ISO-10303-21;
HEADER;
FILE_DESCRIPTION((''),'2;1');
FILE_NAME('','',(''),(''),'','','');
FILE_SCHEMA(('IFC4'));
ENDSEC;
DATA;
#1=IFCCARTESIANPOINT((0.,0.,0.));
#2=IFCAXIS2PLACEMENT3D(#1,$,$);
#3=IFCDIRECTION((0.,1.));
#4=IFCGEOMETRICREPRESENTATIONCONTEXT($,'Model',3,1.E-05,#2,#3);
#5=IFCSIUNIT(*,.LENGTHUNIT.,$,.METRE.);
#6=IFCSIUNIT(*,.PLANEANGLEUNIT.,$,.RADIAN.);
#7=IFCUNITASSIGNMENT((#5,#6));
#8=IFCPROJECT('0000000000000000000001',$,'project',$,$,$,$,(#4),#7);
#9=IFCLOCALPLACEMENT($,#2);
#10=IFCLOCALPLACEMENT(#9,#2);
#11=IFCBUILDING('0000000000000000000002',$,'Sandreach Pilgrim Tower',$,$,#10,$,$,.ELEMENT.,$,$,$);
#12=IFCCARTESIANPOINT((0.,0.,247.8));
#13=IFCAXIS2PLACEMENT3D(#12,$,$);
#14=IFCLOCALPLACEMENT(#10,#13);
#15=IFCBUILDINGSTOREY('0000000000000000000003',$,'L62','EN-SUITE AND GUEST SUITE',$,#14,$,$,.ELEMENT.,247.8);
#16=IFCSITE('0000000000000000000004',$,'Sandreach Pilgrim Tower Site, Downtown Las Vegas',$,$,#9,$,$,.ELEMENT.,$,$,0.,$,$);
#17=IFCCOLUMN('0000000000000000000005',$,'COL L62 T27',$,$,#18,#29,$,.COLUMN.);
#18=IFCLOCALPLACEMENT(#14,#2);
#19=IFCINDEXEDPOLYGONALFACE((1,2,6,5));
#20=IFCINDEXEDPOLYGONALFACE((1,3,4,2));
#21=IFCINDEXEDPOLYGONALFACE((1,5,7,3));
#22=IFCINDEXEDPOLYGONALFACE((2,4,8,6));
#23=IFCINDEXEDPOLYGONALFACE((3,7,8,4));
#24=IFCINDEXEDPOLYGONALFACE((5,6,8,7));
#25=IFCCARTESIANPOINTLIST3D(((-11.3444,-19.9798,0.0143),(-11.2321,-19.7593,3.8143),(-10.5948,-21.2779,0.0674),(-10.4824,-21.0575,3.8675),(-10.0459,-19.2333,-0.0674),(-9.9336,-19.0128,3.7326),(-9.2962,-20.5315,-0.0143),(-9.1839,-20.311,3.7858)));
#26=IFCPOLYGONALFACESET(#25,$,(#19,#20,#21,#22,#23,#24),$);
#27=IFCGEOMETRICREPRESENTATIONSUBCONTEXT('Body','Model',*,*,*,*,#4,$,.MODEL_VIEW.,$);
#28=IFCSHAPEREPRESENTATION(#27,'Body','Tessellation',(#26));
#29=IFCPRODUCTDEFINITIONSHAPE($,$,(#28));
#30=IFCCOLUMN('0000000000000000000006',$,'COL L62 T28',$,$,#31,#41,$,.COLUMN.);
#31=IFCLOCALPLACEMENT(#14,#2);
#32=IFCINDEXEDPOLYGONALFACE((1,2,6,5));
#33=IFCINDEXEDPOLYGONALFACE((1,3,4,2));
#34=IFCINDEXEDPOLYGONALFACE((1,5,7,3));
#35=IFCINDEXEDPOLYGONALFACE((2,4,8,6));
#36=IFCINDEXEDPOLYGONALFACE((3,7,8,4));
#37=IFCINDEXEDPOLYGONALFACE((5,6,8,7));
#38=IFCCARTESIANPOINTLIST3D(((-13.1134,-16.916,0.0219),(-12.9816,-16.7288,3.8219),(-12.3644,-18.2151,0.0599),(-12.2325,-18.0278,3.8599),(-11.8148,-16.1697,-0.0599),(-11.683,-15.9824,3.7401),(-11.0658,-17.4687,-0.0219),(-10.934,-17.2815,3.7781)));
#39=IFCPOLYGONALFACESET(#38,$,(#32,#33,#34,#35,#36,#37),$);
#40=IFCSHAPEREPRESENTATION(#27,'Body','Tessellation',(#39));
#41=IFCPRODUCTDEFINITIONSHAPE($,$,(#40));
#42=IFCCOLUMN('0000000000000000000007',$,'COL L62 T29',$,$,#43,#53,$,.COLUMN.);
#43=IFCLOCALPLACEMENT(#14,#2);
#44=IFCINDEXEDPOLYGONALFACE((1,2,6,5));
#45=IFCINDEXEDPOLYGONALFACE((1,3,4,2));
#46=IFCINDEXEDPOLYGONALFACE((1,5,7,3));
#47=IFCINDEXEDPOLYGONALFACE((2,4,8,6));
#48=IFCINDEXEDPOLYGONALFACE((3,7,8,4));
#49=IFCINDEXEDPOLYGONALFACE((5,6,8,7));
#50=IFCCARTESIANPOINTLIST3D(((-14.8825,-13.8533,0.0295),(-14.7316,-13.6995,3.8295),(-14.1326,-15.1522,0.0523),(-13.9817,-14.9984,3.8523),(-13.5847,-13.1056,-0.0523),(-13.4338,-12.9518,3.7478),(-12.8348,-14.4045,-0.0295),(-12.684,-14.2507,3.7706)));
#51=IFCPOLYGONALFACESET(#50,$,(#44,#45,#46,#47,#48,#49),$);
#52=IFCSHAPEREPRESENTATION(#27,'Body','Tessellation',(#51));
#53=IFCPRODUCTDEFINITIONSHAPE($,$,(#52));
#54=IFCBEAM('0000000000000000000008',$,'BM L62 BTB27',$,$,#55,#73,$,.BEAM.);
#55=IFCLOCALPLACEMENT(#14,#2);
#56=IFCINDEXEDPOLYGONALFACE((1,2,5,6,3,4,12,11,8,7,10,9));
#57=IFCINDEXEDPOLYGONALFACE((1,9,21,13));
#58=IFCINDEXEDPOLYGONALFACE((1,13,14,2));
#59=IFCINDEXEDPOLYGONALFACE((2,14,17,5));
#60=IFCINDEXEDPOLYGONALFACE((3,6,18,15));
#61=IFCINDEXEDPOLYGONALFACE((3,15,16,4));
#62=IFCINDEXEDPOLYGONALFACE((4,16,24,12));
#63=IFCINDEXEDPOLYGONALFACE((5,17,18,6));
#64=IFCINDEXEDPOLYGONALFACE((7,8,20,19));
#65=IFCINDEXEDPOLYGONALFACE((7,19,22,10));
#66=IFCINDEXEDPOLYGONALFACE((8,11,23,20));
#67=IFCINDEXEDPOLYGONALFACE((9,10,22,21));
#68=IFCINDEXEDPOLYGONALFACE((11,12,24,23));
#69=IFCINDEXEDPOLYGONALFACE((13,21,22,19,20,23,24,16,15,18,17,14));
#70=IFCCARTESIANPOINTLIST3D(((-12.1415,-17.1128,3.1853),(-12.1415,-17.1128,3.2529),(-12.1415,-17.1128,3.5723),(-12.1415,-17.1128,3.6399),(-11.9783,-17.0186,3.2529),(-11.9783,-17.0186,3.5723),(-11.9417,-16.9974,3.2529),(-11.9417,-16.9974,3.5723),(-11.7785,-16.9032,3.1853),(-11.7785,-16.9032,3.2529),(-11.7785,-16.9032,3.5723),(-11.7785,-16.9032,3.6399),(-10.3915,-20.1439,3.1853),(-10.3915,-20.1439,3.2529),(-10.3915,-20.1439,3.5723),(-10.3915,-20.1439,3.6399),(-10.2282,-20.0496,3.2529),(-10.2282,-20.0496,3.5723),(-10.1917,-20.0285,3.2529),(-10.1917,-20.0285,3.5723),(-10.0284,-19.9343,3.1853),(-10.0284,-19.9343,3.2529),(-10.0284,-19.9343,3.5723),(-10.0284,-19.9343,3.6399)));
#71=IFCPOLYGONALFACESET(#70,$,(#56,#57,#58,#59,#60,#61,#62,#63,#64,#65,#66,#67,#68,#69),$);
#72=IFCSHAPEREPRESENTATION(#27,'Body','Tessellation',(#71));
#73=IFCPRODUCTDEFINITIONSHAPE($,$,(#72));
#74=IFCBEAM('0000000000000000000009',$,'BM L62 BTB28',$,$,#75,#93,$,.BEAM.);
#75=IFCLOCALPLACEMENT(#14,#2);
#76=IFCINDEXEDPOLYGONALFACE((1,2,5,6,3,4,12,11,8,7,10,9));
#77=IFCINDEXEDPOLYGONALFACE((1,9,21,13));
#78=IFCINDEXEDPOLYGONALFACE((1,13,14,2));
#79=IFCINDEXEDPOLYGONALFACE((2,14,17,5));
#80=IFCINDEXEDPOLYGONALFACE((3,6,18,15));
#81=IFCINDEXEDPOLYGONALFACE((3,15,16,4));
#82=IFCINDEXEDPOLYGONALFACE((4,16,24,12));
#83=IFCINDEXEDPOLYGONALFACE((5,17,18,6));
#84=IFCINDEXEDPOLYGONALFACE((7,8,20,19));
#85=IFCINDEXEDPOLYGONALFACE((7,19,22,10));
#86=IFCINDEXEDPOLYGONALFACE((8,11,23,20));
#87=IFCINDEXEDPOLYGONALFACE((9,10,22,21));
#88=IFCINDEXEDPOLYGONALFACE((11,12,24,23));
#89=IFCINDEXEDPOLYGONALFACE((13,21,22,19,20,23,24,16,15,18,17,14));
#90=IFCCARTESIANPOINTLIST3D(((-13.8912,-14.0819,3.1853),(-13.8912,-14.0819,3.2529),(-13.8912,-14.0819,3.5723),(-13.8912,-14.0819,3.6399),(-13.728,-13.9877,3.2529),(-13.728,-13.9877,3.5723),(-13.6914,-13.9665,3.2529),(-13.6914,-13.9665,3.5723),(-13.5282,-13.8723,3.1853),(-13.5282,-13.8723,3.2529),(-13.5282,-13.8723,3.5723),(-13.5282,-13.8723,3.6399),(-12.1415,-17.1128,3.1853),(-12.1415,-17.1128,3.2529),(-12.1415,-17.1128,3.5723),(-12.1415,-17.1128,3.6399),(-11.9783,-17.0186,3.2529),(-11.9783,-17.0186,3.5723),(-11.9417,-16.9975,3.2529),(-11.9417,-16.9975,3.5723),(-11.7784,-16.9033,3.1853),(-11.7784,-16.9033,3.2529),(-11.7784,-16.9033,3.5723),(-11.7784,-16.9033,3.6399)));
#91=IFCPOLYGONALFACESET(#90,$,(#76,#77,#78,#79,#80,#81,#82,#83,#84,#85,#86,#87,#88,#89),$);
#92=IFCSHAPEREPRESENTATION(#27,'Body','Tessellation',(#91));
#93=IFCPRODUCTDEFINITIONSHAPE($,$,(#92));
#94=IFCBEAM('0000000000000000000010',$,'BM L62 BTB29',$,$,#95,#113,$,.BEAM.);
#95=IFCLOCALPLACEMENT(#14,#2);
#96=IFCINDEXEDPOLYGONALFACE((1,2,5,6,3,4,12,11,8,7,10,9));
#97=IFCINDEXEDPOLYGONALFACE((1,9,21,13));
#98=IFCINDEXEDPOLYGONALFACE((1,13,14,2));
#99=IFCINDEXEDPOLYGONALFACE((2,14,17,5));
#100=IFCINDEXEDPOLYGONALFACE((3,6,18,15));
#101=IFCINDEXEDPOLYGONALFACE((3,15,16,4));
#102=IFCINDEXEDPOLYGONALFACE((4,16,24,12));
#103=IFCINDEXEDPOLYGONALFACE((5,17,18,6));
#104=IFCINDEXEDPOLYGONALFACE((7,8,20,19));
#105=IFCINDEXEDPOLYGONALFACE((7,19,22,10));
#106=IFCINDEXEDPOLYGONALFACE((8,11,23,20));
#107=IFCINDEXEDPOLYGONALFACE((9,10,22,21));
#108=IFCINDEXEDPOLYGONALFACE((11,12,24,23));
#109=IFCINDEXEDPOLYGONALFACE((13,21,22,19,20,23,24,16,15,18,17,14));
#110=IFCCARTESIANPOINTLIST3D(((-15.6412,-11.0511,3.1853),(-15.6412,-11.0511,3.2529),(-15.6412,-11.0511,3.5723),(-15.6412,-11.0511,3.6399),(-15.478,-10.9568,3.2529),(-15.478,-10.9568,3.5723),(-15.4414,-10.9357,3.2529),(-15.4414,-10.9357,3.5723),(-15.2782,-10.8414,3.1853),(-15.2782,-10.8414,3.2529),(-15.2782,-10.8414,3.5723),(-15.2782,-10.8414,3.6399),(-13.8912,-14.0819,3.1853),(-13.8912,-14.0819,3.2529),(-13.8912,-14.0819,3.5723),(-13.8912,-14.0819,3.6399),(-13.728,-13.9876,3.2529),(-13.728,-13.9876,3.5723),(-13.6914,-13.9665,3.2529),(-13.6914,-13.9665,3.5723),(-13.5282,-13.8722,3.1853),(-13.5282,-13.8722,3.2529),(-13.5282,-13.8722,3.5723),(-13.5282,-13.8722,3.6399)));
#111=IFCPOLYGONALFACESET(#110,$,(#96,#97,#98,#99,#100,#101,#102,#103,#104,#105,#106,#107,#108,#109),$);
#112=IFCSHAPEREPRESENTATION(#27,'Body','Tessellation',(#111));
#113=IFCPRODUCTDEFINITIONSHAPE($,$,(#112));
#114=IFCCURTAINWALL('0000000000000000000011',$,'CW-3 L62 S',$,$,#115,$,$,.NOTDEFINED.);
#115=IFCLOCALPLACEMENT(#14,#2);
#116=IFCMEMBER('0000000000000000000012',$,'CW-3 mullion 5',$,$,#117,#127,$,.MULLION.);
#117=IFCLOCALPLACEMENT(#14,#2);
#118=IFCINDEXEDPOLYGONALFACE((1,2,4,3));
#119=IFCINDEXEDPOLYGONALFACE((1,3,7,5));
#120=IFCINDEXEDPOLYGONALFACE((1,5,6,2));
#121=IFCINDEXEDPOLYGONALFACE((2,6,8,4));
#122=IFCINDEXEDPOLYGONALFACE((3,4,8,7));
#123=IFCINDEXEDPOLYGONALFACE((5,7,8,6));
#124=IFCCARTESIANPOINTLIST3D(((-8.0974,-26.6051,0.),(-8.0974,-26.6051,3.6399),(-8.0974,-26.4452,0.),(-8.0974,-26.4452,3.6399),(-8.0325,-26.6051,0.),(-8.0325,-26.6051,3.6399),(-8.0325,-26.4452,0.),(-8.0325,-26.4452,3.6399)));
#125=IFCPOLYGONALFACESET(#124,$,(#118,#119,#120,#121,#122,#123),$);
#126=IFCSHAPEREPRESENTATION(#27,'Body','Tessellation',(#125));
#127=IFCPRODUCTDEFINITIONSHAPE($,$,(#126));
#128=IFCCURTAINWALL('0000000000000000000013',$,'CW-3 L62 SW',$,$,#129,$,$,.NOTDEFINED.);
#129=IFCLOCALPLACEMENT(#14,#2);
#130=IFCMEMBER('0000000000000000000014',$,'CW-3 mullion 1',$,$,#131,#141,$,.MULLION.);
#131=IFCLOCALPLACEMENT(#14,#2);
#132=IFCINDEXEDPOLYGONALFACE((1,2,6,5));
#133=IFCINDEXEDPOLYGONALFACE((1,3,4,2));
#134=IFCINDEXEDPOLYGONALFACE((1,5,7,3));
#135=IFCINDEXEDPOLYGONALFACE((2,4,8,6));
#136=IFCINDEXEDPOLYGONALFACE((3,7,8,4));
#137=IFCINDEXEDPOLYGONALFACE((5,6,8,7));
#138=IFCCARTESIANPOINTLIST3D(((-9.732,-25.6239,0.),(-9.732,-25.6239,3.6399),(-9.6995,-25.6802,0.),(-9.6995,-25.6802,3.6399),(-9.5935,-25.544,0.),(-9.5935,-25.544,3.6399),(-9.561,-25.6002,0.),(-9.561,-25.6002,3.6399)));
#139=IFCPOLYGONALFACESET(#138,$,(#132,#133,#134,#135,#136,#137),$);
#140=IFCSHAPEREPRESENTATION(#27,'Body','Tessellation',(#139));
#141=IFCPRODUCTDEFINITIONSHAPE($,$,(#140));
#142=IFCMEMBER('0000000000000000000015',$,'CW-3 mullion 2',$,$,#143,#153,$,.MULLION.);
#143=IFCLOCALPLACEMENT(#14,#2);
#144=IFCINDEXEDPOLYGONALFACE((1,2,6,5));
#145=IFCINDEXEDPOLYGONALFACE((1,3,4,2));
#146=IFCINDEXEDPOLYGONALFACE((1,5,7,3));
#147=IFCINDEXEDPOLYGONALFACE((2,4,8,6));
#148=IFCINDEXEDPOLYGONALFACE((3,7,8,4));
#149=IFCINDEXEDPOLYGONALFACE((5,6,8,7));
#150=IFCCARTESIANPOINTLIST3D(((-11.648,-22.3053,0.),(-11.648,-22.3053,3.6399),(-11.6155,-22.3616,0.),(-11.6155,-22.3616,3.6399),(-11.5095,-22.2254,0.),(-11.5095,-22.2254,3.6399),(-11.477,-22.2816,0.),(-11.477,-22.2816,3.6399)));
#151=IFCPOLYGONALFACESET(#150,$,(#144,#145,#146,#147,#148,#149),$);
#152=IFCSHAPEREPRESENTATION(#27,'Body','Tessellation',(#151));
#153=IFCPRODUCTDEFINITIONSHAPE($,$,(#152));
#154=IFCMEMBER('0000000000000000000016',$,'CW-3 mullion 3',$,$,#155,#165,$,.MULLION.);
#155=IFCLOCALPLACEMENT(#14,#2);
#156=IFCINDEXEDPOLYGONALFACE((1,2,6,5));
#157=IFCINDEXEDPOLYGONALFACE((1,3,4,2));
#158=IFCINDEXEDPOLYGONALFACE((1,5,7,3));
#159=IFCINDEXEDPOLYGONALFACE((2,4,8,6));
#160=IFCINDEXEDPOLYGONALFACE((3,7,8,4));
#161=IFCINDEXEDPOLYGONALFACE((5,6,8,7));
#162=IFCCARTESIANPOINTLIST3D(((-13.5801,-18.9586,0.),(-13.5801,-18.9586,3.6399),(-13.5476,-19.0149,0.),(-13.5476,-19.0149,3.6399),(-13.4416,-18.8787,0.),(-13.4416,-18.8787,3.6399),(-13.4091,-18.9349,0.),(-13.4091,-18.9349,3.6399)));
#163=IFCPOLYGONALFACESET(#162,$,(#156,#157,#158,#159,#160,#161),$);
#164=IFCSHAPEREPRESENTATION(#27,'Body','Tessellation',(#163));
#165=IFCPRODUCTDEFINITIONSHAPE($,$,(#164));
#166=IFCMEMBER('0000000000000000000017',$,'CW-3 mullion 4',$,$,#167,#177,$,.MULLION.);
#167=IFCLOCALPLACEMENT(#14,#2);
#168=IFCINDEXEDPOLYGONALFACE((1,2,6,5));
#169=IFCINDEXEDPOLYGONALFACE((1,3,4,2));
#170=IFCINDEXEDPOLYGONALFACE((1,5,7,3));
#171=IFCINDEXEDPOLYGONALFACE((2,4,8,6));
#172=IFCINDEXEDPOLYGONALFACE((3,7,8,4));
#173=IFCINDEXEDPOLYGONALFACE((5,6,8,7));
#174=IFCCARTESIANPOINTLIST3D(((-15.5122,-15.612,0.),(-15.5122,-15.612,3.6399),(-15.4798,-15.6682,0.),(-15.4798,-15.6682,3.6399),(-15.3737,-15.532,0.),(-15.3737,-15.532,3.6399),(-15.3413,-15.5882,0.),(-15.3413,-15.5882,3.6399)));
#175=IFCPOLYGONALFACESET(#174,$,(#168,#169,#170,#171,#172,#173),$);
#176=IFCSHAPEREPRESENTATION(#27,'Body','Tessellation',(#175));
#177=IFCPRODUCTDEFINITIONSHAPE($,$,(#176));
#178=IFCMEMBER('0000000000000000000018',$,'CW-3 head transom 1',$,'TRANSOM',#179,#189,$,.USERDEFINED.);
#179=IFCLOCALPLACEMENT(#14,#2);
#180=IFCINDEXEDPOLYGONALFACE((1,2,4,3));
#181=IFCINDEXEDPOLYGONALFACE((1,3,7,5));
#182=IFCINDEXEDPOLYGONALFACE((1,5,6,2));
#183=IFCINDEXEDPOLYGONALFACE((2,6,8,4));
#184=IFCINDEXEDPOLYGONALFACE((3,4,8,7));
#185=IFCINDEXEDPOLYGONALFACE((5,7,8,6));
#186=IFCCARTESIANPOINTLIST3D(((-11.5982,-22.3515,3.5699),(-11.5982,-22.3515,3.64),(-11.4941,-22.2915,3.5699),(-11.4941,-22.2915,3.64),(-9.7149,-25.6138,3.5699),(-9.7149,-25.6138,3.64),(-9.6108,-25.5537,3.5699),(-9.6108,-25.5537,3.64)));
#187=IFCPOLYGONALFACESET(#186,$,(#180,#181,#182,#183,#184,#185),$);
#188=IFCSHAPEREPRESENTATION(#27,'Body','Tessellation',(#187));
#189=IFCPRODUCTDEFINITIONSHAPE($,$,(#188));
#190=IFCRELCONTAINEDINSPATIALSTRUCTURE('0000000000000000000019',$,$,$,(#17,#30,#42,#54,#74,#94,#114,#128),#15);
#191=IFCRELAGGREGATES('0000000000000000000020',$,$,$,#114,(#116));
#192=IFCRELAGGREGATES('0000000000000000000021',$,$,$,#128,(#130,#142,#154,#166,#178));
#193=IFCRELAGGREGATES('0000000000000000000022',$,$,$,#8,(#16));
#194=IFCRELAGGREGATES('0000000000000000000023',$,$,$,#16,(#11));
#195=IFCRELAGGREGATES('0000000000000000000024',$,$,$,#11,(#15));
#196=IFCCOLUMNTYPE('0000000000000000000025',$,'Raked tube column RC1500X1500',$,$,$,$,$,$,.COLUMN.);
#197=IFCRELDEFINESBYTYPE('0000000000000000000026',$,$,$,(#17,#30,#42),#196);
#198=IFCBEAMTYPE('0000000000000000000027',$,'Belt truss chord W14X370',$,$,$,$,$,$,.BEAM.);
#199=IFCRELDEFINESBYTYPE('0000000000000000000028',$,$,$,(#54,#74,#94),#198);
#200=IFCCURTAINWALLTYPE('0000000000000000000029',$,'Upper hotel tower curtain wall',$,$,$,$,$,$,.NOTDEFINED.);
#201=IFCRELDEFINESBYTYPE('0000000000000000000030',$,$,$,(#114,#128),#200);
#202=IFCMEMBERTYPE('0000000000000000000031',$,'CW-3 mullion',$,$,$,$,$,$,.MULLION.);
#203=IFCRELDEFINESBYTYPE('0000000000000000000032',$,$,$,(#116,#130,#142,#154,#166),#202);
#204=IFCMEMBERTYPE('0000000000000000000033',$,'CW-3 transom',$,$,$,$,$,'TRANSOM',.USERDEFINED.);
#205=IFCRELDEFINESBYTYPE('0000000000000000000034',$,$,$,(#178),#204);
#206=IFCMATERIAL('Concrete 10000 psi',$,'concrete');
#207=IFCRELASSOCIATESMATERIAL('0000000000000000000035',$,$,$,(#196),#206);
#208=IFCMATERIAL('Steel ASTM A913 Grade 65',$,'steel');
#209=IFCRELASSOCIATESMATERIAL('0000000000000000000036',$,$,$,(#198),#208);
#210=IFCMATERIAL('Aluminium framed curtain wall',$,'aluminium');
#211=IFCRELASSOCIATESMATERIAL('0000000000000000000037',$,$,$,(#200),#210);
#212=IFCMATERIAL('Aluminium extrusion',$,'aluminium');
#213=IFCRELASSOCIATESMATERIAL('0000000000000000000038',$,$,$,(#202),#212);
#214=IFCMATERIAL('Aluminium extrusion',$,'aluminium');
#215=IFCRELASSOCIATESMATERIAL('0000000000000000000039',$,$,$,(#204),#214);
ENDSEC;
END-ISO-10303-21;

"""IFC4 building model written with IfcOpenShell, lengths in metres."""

from ifc_helpers import new_model, si_unit, direction, frame, origin, origin_2d, place, context, subcontext, project, spatial, rectangle, i_section, extrude, material, material_profile, profile_set, type_object, element, aggregate, save


model = new_model("IFC4")

# Units and contexts
model_context = context("Model", 3, precision=1e-05, world=origin(), true_north=direction((0.0, 1.0)))
body_context = subcontext(model_context, "Body", "Model", "MODEL_VIEW")
ifc_project = project(units=[si_unit("LENGTHUNIT", "METRE"), si_unit("PLANEANGLEUNIT", "RADIAN")], contexts=[model_context])

# Site, building, storey
site_placement = place(None, origin())
site = spatial("IfcSite", under=ifc_project, at=site_placement, Name="Sandreach Pilgrim Tower Site, Downtown Las Vegas", CompositionType="ELEMENT", RefElevation=0.0)
building_placement = place(site_placement, origin())
building = spatial("IfcBuilding", under=site, at=building_placement, Name="Sandreach Pilgrim Tower", CompositionType="ELEMENT")
storey_placement = place(building_placement, frame((0.0, 0.0, 247.8)))
storey = spatial("IfcBuildingStorey", under=building, at=storey_placement, Name="L62", Description="EN-SUITE AND GUEST SUITE", CompositionType="ELEMENT", Elevation=247.8)

# Columns
ifc_material_1 = material(Name="Concrete 10000 psi", Category="concrete")
ifc_material_profile_1 = material_profile(ifc_material_1, rectangle(XDim=1.5, YDim=1.5, at=origin_2d()), Name="RC1500X1500")
ifc_profile_set_1 = profile_set([ifc_material_profile_1], Name="Concrete 10000 psi")
column_type = type_object("IfcColumnType", Name="Raked tube column RC1500X1500", PredefinedType="COLUMN", material=ifc_profile_set_1)
column_1_placement = place(storey_placement, frame((-10.3203, -20.2556, 0.0), z_axis=(0.029491, 0.057892, 0.997887), x_axis=(-0.865669, -0.497647, 0.054454)))
element("IfcColumn", 1, at=column_1_placement, inside=storey, type_object=column_type, Name="COL L62 T27", PredefinedType="COLUMN", context=body_context, shape_type="SweptSolid", body=[
    extrude(rectangle(XDim=1.5, YDim=1.5, at=origin_2d()), origin(), (0.0, 0.0, 1.0), 3.8081),
])
column_2_placement = place(storey_placement, frame((-12.0896, -17.1924, 0.0), z_axis=(0.03463, 0.049188, 0.998189), x_axis=(-0.865711, -0.497563, 0.054553)))
element("IfcColumn", 2, at=column_2_placement, inside=storey, type_object=column_type, Name="COL L62 T28", PredefinedType="COLUMN", context=body_context, shape_type="SweptSolid", body=[
    extrude(rectangle(XDim=1.5, YDim=1.5, at=origin_2d()), origin(), (0.0, 0.0, 1.0), 3.8069),
])
column_3_placement = place(storey_placement, frame((-13.8586, -14.1289, 0.0), z_axis=(0.039641, 0.040411, 0.998397), x_axis=(-0.865172, -0.498501, 0.054528)))
element("IfcColumn", 3, at=column_3_placement, inside=storey, type_object=column_type, Name="COL L62 T29", PredefinedType="COLUMN", context=body_context, shape_type="SweptSolid", body=[
    extrude(rectangle(XDim=1.5, YDim=1.5, at=origin_2d()), origin(), (0.0, 0.0, 1.0), 3.8062),
])

# Beams
ifc_material_2 = material(Name="Steel ASTM A913 Grade 65", Category="steel")
ifc_material_profile_2 = material_profile(ifc_material_2, i_section(OverallWidth=0.4192, OverallDepth=0.4546, WebThickness=0.0422, FlangeThickness=0.0676, at=origin_2d()), Name="W14X370")
ifc_profile_set_2 = profile_set([ifc_material_profile_2], Name="Steel ASTM A913 Grade 65")
beam_type_1 = type_object("IfcBeamType", Name="Belt truss chord W14X370", PredefinedType="BEAM", material=ifc_profile_set_2)
beam_1_placement = place(storey_placement, frame((-10.21, -20.0391, 3.4126), z_axis=(-0.50001, 0.866019, 0.0), x_axis=(-0.866019, -0.50001, 0.0)))
element("IfcBeam", 4, at=beam_1_placement, inside=storey, type_object=beam_type_1, Name="BM L62 BTB27", PredefinedType="BEAM", context=body_context, shape_type="SweptSolid", body=[
    extrude(i_section(OverallWidth=0.4192, OverallDepth=0.4546, WebThickness=0.0422, FlangeThickness=0.0676, at=origin_2d()), origin(), (0.0, 0.0, 1.0), 3.5),
])
for number, where, z_axis, x_axis, name in (
    (5, (-11.96, -17.0081, 3.4126), (-0.499958, 0.86605, 0.0), (-0.86605, -0.499958, 0.0), "BM L62 BTB28"),
    (6, (-13.7097, -13.9771, 3.4126), (-0.50004, 0.866002, 0.0), (-0.866002, -0.50004, 0.0), "BM L62 BTB29"),
):
    element("IfcBeam", number, at=place(storey_placement, frame(where, z_axis=z_axis, x_axis=x_axis)), inside=storey, type_object=beam_type_1, Name=name, PredefinedType="BEAM", context=body_context, shape_type="SweptSolid", body=[
        extrude(i_section(OverallWidth=0.4192, OverallDepth=0.4546, WebThickness=0.0422, FlangeThickness=0.0676, at=origin_2d()), origin(), (0.0, 0.0, 1.0), 3.4998),
    ])

# Curtain wall, member
ifc_material_3 = material(Name="Aluminium framed curtain wall", Category="aluminium")
curtain_wall_type = type_object("IfcCurtainWallType", Name="Upper hotel tower curtain wall", PredefinedType="NOTDEFINED", material=ifc_material_3)
curtain_wall_1_placement = place(storey_placement, origin())
curtain_wall_1 = element("IfcCurtainWall", 7, at=curtain_wall_1_placement, inside=storey, type_object=curtain_wall_type, Name="CW-3 L62 S", PredefinedType="NOTDEFINED")
ifc_material_4 = material(Name="Aluminium extrusion", Category="aluminium")
ifc_material_profile_3 = material_profile(ifc_material_4, rectangle(XDim=0.0649, YDim=0.1599, at=origin_2d()), Name="CW-3M 65X160")
ifc_profile_set_3 = profile_set([ifc_material_profile_3], Name="Aluminium extrusion")
member_type_1 = type_object("IfcMemberType", Name="CW-3 mullion", PredefinedType="MULLION", material=ifc_profile_set_3)
member_1_placement = place(storey_placement, frame((-8.0649, -26.5251, 0.0), z_axis=(0.0, 0.0, 1.0), x_axis=(-1.0, 0.0, 0.0)))
member_1 = element("IfcMember", 8, at=member_1_placement, type_object=member_type_1, Name="CW-3 mullion 5", PredefinedType="MULLION", context=body_context, shape_type="SweptSolid", body=[
    extrude(rectangle(XDim=0.0649, YDim=0.1599, at=origin_2d()), origin(), (0.0, 0.0, 1.0), 3.6399),
])
aggregate(curtain_wall_1, [member_1])

# Curtain wall, members
curtain_wall_2_placement = place(storey_placement, origin())
curtain_wall_2 = element("IfcCurtainWall", 9, at=curtain_wall_2_placement, inside=storey, type_object=curtain_wall_type, Name="CW-3 L62 SW", PredefinedType="NOTDEFINED")
member_2_placement = place(storey_placement, frame((-9.6465, -25.6121, 0.0), z_axis=(0.0, 0.0, 1.0), x_axis=(-0.5, 0.866025, 0.0)))
member_2 = element("IfcMember", 10, at=member_2_placement, type_object=member_type_1, Name="CW-3 mullion 1", PredefinedType="MULLION", context=body_context, shape_type="SweptSolid", body=[
    extrude(rectangle(XDim=0.0649, YDim=0.1599, at=origin_2d()), origin(), (0.0, 0.0, 1.0), 3.6399),
])
member_3_placement = place(storey_placement, frame((-11.5625, -22.2935, 0.0), z_axis=(0.0, 0.0, 1.0), x_axis=(-0.5, 0.866025, 0.0)))
member_3 = element("IfcMember", 11, at=member_3_placement, type_object=member_type_1, Name="CW-3 mullion 2", PredefinedType="MULLION", context=body_context, shape_type="SweptSolid", body=[
    extrude(rectangle(XDim=0.0649, YDim=0.1599, at=origin_2d()), origin(), (0.0, 0.0, 1.0), 3.6399),
])
member_4_placement = place(storey_placement, frame((-13.4946, -18.9468, 0.0), z_axis=(0.0, 0.0, 1.0), x_axis=(-0.5, 0.866025, 0.0)))
member_4 = element("IfcMember", 12, at=member_4_placement, type_object=member_type_1, Name="CW-3 mullion 3", PredefinedType="MULLION", context=body_context, shape_type="SweptSolid", body=[
    extrude(rectangle(XDim=0.0649, YDim=0.1599, at=origin_2d()), origin(), (0.0, 0.0, 1.0), 3.6399),
])
member_5_placement = place(storey_placement, frame((-15.4268, -15.6001, 0.0), z_axis=(0.0, 0.0, 1.0), x_axis=(-0.5, 0.866025, 0.0)))
member_5 = element("IfcMember", 13, at=member_5_placement, type_object=member_type_1, Name="CW-3 mullion 4", PredefinedType="MULLION", context=body_context, shape_type="SweptSolid", body=[
    extrude(rectangle(XDim=0.0649, YDim=0.1599, at=origin_2d()), origin(), (0.0, 0.0, 1.0), 3.6399),
])
ifc_material_5 = material(Name="Aluminium extrusion", Category="aluminium")
ifc_material_profile_4 = material_profile(ifc_material_5, rectangle(XDim=0.1201, YDim=0.0701, at=origin_2d()), Name="CW-3T 120X70")
ifc_profile_set_4 = profile_set([ifc_material_profile_4], Name="Aluminium extrusion")
member_type_2 = type_object("IfcMemberType", Name="CW-3 transom", ElementType="TRANSOM", PredefinedType="USERDEFINED", material=ifc_profile_set_4)
member_6_placement = place(storey_placement, frame((-9.6628, -25.5837, 3.605), z_axis=(-0.499973, 0.866041, 0.0), x_axis=(-0.866041, -0.499973, 0.0)))
member_6 = element("IfcMember", 14, at=member_6_placement, type_object=member_type_2, Name="CW-3 head transom 1", ObjectType="TRANSOM", PredefinedType="USERDEFINED", context=body_context, shape_type="SweptSolid", body=[
    extrude(rectangle(XDim=0.1201, YDim=0.0701, at=origin_2d()), origin(), (0.0, 0.0, 1.0), 3.7668),
])

aggregate(curtain_wall_2, [member_2, member_3, member_4, member_5, member_6])

save(model, "model.ifc")
